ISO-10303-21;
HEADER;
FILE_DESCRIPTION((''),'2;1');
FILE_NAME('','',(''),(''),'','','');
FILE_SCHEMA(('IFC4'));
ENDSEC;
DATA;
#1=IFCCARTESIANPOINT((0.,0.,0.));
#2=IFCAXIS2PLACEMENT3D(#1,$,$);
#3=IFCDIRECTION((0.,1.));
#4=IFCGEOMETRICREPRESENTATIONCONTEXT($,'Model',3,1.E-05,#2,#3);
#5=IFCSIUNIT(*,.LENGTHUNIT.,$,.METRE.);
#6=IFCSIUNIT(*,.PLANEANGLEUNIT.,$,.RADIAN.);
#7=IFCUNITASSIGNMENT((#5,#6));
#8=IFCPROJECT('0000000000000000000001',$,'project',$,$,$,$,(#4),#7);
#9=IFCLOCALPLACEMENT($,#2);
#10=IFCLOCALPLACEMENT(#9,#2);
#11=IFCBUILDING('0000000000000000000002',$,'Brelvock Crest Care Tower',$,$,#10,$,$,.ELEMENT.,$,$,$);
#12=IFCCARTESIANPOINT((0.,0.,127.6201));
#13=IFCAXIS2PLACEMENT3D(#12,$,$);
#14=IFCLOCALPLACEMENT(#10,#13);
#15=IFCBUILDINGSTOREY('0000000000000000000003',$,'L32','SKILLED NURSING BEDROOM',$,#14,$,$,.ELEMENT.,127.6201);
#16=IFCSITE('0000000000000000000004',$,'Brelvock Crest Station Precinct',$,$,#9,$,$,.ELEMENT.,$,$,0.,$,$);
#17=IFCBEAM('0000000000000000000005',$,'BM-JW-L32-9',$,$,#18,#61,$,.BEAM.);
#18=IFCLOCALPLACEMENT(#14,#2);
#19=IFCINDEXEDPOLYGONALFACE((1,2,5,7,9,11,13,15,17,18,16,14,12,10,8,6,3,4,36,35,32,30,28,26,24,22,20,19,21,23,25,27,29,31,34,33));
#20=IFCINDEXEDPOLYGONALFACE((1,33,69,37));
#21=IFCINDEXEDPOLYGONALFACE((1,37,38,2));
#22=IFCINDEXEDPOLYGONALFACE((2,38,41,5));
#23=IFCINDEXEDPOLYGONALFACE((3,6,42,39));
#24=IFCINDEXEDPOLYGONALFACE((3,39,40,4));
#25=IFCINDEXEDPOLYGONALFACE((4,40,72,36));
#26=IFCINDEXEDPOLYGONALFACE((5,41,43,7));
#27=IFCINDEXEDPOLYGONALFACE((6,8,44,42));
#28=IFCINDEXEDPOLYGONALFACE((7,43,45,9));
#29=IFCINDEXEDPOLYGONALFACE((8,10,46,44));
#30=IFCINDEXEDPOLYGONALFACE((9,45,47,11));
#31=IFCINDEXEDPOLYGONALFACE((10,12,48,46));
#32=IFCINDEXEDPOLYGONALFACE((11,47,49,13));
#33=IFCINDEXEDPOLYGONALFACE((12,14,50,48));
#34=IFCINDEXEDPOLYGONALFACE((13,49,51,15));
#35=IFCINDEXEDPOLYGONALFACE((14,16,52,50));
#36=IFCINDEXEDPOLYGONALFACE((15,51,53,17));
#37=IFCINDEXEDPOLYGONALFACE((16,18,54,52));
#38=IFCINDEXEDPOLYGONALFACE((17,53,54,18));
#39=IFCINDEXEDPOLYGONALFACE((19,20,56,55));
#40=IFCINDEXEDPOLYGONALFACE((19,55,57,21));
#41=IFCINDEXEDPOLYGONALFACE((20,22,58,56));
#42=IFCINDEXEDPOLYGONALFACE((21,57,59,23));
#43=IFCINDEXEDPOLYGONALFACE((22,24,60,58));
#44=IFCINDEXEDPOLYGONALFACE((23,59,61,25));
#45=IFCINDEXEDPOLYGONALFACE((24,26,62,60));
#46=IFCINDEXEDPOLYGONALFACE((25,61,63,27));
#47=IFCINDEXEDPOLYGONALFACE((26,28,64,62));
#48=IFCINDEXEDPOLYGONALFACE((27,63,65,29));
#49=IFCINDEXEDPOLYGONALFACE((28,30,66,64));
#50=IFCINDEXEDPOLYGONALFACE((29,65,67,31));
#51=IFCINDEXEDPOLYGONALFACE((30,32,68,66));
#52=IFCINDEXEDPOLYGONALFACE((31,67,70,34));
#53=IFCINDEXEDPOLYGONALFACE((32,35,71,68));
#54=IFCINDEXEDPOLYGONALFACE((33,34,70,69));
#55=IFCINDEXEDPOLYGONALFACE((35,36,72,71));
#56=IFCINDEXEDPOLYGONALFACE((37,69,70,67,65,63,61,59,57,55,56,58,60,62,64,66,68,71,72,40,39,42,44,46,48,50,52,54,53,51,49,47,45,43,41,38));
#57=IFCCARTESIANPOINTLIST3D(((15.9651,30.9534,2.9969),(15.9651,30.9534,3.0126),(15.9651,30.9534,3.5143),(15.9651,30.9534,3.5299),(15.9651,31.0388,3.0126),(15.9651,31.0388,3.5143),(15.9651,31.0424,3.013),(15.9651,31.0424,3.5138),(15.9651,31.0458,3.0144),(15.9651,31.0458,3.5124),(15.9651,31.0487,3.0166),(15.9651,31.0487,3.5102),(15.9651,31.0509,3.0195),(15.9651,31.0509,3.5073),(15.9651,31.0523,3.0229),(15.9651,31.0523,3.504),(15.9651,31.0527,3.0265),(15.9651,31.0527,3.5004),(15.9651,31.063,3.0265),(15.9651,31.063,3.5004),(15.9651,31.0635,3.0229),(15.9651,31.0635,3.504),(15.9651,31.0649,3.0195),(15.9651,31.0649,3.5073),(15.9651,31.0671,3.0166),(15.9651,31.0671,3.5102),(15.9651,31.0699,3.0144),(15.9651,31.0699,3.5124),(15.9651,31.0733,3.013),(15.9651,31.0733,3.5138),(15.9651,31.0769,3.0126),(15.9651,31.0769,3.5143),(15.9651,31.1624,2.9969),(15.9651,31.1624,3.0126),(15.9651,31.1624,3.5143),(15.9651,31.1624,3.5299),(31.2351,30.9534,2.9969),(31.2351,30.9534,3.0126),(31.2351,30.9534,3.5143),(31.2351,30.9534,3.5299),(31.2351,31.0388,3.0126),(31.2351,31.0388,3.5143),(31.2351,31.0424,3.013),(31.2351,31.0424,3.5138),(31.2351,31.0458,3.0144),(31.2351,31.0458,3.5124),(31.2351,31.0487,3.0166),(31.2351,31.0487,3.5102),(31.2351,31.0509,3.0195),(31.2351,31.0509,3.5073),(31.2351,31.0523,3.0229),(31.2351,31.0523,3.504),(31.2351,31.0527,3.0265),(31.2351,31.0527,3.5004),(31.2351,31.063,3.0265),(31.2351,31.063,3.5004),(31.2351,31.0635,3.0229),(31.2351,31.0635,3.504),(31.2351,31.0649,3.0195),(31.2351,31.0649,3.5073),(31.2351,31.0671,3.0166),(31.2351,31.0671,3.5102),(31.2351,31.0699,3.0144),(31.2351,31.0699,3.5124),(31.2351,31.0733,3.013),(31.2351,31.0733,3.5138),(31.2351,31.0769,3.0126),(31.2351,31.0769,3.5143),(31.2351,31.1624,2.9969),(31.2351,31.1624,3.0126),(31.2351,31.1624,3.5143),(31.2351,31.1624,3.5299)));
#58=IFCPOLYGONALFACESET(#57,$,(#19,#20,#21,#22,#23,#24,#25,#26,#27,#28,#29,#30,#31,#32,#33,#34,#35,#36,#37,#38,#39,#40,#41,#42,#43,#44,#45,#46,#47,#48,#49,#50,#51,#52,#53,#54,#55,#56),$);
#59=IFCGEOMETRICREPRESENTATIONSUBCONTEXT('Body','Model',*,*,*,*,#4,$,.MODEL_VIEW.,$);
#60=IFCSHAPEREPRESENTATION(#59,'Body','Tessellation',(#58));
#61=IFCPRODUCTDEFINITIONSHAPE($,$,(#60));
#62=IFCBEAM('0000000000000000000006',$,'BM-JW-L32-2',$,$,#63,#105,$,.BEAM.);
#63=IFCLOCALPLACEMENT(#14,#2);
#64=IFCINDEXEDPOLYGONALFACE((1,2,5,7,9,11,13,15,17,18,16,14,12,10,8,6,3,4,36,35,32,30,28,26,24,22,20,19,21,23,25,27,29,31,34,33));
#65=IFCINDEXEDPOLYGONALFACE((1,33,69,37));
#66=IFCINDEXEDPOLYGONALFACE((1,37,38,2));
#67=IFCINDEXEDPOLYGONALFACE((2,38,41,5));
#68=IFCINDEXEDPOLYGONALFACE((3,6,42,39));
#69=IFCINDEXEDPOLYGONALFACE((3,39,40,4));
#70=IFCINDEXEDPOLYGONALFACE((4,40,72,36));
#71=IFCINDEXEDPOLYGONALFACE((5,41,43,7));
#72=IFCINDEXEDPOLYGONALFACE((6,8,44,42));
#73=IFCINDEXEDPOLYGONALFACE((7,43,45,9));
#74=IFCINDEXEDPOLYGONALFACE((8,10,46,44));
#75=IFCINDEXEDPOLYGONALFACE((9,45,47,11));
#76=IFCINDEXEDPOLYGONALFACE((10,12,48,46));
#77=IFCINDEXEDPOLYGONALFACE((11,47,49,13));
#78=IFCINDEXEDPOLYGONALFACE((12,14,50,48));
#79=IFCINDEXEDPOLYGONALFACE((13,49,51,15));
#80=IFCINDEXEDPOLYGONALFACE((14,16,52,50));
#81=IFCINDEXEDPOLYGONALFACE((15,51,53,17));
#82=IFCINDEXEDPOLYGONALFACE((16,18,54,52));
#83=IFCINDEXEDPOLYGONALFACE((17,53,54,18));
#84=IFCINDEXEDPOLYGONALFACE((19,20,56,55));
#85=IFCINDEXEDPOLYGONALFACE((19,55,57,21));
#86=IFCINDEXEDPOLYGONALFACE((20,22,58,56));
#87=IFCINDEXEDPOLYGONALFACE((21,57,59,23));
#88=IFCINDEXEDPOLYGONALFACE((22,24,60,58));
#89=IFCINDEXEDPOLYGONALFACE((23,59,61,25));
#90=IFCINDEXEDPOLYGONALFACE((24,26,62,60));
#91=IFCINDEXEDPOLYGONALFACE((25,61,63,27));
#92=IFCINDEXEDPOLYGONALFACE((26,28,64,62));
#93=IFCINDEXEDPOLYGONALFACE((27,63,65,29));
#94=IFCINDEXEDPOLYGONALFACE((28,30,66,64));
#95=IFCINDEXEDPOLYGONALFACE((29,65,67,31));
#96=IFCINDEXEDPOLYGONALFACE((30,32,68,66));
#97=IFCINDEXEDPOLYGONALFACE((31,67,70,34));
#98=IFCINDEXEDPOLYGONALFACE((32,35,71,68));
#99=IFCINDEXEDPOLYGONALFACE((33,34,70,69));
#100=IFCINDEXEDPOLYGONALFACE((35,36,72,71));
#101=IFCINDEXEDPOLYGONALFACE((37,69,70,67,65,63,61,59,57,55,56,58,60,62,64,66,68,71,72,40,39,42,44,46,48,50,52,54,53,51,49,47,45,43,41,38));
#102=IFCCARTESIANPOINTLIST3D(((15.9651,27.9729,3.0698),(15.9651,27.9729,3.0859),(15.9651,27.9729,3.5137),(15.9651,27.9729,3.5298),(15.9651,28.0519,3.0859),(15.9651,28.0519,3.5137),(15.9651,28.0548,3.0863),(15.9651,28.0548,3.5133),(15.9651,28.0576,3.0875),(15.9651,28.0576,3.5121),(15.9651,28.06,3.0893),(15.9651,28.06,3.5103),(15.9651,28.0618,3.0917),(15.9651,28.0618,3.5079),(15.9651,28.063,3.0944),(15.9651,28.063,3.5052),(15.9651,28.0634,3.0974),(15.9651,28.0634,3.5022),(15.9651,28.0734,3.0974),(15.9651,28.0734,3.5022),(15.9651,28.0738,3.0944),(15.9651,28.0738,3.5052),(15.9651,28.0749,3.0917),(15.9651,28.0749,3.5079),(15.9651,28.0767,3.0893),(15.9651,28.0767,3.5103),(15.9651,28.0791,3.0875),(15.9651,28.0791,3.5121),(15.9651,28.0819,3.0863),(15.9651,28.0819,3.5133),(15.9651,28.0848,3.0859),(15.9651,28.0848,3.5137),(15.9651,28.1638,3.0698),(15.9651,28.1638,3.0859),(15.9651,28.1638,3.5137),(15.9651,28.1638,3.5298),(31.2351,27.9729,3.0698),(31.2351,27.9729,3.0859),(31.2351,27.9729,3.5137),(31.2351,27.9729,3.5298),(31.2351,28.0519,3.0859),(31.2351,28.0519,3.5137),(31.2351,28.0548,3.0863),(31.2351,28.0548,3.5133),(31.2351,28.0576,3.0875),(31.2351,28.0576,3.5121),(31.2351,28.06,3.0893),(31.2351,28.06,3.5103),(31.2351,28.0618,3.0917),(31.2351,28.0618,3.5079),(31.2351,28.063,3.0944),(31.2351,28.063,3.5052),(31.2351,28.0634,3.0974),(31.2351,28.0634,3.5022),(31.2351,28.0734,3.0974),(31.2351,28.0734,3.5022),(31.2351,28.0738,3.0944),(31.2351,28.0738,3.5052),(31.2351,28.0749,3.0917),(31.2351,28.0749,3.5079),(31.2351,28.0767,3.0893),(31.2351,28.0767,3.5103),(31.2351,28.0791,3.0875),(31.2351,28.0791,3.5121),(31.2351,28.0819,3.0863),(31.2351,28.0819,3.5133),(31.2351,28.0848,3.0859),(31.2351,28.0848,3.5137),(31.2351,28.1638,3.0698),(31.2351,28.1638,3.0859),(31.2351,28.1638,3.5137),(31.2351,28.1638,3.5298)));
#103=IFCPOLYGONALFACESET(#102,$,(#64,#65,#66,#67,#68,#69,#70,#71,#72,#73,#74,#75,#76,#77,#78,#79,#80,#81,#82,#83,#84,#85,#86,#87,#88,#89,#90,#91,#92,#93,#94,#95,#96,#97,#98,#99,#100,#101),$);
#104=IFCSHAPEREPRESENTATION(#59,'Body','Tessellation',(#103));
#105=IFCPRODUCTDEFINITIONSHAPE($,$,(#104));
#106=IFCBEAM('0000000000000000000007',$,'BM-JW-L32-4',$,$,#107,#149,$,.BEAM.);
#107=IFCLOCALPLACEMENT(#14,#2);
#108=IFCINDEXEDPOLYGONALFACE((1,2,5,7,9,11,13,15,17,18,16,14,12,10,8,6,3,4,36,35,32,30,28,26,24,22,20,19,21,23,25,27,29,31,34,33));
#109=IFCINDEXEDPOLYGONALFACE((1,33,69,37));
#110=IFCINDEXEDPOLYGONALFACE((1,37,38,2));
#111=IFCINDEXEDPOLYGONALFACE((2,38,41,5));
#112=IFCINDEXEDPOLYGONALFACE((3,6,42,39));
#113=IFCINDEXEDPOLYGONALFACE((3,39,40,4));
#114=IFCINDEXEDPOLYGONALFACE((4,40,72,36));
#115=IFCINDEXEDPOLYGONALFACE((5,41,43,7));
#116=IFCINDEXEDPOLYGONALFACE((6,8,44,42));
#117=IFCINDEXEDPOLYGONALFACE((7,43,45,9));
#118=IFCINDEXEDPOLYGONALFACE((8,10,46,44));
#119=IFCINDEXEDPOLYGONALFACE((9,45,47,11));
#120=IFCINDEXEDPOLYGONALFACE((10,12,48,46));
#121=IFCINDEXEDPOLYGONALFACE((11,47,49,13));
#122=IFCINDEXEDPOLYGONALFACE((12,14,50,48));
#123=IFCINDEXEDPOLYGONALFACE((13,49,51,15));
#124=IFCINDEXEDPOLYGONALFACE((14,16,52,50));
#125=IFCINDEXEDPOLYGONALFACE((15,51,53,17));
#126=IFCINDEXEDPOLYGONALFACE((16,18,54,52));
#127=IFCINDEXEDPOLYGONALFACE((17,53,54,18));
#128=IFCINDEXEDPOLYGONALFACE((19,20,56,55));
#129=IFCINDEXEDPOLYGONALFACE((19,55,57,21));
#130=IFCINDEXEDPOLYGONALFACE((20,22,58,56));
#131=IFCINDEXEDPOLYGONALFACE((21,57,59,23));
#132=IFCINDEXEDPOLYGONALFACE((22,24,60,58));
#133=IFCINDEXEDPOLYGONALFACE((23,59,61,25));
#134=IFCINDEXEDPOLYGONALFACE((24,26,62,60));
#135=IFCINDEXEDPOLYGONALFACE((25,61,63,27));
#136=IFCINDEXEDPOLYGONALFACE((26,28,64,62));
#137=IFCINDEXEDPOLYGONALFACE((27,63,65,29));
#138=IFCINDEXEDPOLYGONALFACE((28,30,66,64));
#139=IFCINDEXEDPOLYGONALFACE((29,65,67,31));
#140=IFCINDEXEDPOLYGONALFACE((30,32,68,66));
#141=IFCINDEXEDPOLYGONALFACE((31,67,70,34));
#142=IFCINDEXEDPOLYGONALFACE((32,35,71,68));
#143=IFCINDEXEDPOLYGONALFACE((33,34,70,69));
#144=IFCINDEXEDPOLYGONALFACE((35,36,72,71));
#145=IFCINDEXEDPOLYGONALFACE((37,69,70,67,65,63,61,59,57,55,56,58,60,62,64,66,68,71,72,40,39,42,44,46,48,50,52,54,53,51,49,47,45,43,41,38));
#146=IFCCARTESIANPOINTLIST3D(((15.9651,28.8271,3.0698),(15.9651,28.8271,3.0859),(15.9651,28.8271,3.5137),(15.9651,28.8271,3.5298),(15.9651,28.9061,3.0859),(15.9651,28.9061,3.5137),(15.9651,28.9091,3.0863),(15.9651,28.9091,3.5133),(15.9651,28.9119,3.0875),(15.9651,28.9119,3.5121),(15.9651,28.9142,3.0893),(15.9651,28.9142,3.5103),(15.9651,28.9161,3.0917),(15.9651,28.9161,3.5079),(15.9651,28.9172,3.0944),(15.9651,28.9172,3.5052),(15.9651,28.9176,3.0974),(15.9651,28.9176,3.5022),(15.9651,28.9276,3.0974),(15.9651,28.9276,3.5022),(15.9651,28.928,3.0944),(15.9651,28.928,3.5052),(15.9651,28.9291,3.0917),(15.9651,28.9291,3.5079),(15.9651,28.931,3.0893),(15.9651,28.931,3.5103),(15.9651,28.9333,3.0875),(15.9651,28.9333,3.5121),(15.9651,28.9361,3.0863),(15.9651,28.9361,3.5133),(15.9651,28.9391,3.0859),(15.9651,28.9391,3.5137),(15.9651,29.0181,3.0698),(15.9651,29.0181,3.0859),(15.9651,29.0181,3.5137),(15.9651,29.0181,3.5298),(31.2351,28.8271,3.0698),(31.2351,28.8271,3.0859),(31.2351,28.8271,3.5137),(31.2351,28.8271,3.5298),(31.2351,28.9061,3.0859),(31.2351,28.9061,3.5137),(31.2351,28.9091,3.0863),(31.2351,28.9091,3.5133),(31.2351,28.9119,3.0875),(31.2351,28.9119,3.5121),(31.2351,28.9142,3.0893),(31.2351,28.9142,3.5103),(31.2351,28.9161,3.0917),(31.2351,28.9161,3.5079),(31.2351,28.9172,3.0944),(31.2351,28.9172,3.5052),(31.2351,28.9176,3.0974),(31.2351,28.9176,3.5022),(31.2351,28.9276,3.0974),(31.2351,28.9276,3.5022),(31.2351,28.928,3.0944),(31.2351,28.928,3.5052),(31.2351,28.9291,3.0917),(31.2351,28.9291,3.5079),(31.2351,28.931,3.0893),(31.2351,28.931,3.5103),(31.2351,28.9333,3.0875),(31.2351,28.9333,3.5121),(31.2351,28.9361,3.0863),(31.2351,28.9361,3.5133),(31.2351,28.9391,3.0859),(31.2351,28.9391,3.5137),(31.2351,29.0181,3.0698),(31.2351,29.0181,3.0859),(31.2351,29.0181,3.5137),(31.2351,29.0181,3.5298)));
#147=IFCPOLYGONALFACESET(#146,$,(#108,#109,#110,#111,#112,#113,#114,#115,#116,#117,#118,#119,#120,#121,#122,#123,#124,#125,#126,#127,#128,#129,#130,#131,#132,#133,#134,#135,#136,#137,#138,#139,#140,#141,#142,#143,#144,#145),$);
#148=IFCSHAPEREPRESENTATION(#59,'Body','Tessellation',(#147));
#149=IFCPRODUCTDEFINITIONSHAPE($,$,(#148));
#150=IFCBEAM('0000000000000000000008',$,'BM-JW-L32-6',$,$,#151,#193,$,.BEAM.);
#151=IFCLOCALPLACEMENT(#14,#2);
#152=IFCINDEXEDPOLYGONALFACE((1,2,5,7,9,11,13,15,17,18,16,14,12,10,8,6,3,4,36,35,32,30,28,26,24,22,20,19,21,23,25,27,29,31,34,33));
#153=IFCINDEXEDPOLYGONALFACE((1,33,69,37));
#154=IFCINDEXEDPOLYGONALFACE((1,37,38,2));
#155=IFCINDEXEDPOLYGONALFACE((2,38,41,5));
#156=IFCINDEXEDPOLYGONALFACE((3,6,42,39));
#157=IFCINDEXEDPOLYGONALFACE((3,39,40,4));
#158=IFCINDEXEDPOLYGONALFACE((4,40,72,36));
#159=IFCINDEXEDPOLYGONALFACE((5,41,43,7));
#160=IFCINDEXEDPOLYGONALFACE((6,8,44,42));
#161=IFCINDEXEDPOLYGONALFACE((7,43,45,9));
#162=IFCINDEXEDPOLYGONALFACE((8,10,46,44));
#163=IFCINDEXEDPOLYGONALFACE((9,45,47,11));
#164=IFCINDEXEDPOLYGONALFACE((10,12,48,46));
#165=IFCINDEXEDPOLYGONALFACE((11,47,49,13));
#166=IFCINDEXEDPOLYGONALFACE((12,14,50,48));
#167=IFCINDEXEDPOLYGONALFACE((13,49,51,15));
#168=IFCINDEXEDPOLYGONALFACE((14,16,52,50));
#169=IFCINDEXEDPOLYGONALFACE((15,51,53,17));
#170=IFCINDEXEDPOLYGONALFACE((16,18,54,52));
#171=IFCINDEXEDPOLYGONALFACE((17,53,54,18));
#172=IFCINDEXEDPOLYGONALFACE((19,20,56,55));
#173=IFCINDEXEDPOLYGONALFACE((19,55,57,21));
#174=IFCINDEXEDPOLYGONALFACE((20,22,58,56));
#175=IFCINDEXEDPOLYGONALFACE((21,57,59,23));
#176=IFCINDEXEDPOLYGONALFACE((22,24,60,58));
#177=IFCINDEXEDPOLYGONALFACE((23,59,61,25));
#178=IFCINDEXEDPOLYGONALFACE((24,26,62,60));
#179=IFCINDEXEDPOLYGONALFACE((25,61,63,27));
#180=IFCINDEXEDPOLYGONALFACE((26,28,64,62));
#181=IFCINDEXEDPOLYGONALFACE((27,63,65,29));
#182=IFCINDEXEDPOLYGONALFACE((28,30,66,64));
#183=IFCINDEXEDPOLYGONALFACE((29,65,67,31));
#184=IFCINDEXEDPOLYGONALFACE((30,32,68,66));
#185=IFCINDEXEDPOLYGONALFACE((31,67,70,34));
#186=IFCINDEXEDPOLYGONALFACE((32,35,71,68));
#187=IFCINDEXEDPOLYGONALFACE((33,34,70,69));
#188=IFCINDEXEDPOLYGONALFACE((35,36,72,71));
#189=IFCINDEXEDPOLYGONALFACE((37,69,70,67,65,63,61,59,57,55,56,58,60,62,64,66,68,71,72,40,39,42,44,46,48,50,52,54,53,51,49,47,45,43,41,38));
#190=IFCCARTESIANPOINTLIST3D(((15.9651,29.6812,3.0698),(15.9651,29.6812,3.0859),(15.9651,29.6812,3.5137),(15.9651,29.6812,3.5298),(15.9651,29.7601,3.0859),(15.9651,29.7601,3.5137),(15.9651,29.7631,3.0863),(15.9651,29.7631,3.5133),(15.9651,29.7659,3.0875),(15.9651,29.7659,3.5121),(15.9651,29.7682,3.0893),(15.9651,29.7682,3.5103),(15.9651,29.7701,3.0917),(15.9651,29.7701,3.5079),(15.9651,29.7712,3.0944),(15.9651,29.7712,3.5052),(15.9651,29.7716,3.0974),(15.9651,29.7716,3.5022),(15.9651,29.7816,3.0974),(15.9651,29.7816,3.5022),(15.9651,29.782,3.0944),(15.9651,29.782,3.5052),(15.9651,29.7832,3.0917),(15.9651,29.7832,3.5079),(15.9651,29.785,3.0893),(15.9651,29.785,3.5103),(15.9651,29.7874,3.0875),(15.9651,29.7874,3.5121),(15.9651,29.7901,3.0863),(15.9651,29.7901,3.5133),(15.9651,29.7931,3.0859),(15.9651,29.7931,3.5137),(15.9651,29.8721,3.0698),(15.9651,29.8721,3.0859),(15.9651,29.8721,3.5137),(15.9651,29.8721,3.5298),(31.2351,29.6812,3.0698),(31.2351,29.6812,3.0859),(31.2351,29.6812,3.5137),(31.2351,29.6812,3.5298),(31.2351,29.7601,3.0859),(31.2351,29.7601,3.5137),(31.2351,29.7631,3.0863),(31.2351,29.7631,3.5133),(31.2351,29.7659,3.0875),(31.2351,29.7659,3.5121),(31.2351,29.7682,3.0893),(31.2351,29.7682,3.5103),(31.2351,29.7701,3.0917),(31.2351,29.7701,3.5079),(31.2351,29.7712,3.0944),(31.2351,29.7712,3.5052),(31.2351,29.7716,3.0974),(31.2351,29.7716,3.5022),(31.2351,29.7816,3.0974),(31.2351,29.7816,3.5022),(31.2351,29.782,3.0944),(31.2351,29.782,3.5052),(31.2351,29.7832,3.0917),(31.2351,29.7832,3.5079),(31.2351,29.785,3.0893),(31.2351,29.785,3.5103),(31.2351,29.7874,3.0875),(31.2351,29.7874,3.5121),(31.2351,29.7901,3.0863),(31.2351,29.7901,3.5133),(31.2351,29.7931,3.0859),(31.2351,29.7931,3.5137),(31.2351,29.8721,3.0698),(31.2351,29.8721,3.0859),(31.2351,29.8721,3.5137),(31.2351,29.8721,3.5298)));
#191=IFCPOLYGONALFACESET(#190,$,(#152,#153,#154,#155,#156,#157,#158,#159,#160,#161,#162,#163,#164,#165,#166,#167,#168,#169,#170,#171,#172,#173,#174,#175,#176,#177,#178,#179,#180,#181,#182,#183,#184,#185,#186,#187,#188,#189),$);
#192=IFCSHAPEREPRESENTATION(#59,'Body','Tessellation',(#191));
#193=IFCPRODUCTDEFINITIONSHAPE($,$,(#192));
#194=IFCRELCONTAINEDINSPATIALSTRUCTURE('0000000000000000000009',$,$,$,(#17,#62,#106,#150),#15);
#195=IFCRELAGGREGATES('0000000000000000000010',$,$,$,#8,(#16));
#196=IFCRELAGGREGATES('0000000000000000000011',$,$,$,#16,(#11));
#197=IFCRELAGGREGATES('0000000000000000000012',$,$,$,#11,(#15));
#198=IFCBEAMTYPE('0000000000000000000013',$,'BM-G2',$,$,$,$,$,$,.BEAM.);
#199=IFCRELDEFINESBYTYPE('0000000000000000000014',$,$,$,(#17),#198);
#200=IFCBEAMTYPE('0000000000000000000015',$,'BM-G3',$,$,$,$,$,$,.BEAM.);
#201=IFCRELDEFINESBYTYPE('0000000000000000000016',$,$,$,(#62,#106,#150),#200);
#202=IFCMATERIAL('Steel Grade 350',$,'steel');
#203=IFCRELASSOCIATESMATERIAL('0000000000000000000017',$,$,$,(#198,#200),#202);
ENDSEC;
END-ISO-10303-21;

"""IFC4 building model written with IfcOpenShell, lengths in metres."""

from ifc_helpers import new_model, si_unit, direction, frame, origin, origin_2d, place, context, subcontext, project, spatial, i_section, extrude, source, transform, mapped, material, material_profile, profile_set, type_object, element, save


model = new_model("IFC4")

# Units and contexts
model_context = context("Model", 3, precision=1e-05, world=origin(), true_north=direction((0.0, 1.0)))
body_context = subcontext(model_context, "Body", "Model", "MODEL_VIEW")
ifc_project = project(units=[si_unit("LENGTHUNIT", "METRE"), si_unit("PLANEANGLEUNIT", "RADIAN")], contexts=[model_context])

# Site, building, storey
site_placement = place(None, origin())
site = spatial("IfcSite", under=ifc_project, at=site_placement, Name="Brelvock Crest Station Precinct", CompositionType="ELEMENT", RefElevation=0.0)
building_placement = place(site_placement, origin())
building = spatial("IfcBuilding", under=site, at=building_placement, Name="Brelvock Crest Care Tower", CompositionType="ELEMENT")
storey_placement = place(building_placement, frame((0.0, 0.0, 127.6201)))
storey = spatial("IfcBuildingStorey", under=building, at=storey_placement, Name="L32", Description="SKILLED NURSING BEDROOM", CompositionType="ELEMENT", Elevation=127.6201)

# Beams
ifc_material_1 = material(Name="Steel Grade 350", Category="steel")
ifc_material_profile_1 = material_profile(ifc_material_1, i_section(OverallWidth=0.209, OverallDepth=0.533, WebThickness=0.0103, FlangeThickness=0.0156, FilletRadius=0.0139, at=origin_2d()), Name="530UB92.4")
ifc_profile_set_1 = profile_set([ifc_material_profile_1], Name="Steel Grade 350")
beam_type_1 = type_object("IfcBeamType", Name="BM-G2", PredefinedType="BEAM", material=ifc_profile_set_1)
shared_shape_1 = source(origin(), body_context, "Body", "SweptSolid", [
    extrude(i_section(OverallWidth=0.209, OverallDepth=0.533, WebThickness=0.0103, FlangeThickness=0.0156, FilletRadius=0.0139, at=origin_2d()), origin(), (0.0, 0.0, 1.0), 15.27),
])
for number, where, z_axis, x_axis, name in (
    (1, (15.9651, 31.0579, 3.2634), (1.0, 0.0, 0.0), (0.0, 1.0, 0.0), "BM-JW-L32-9"),
):
    element("IfcBeam", number, at=place(storey_placement, frame(where, z_axis=z_axis, x_axis=x_axis)), inside=storey, type_object=beam_type_1, Name=name, PredefinedType="BEAM", context=body_context, shape_type="MappedRepresentation", body=[
        mapped(shared_shape_1, transform((0.0, 0.0, 0.0), x_axis=(1.0, 0.0, 0.0), y_axis=(0.0, 1.0, 0.0), z_axis=(0.0, 0.0, 1.0), scale=1.0)),
    ])
ifc_material_profile_2 = material_profile(ifc_material_1, i_section(OverallWidth=0.1909, OverallDepth=0.46, WebThickness=0.01, FlangeThickness=0.0161, FilletRadius=0.0115, at=origin_2d()), Name="460UB82.1")
ifc_profile_set_2 = profile_set([ifc_material_profile_2], Name="Steel Grade 350")
beam_type_2 = type_object("IfcBeamType", Name="BM-G3", PredefinedType="BEAM", material=ifc_profile_set_2)
shared_shape_2 = source(origin(), body_context, "Body", "SweptSolid", [
    extrude(i_section(OverallWidth=0.1909, OverallDepth=0.46, WebThickness=0.01, FlangeThickness=0.0161, FilletRadius=0.0115, at=origin_2d()), origin(), (0.0, 0.0, 1.0), 15.27),
])
for number, where, z_axis, x_axis, name in (
    (2, (15.9651, 28.0684, 3.2998), (1.0, 0.0, 0.0), (0.0, 1.0, 0.0), "BM-JW-L32-2"),
    (3, (15.9651, 28.9226, 3.2998), (1.0, 0.0, 0.0), (0.0, 1.0, 0.0), "BM-JW-L32-4"),
    (4, (15.9651, 29.7766, 3.2998), (1.0, 0.0, 0.0), (0.0, 1.0, 0.0), "BM-JW-L32-6"),
):
    element("IfcBeam", number, at=place(storey_placement, frame(where, z_axis=z_axis, x_axis=x_axis)), inside=storey, type_object=beam_type_2, Name=name, PredefinedType="BEAM", context=body_context, shape_type="MappedRepresentation", body=[
        mapped(shared_shape_2, transform((0.0, 0.0, 0.0), x_axis=(1.0, 0.0, 0.0), y_axis=(0.0, 1.0, 0.0), z_axis=(0.0, 0.0, 1.0), scale=1.0)),
    ])

save(model, "model.ifc")
